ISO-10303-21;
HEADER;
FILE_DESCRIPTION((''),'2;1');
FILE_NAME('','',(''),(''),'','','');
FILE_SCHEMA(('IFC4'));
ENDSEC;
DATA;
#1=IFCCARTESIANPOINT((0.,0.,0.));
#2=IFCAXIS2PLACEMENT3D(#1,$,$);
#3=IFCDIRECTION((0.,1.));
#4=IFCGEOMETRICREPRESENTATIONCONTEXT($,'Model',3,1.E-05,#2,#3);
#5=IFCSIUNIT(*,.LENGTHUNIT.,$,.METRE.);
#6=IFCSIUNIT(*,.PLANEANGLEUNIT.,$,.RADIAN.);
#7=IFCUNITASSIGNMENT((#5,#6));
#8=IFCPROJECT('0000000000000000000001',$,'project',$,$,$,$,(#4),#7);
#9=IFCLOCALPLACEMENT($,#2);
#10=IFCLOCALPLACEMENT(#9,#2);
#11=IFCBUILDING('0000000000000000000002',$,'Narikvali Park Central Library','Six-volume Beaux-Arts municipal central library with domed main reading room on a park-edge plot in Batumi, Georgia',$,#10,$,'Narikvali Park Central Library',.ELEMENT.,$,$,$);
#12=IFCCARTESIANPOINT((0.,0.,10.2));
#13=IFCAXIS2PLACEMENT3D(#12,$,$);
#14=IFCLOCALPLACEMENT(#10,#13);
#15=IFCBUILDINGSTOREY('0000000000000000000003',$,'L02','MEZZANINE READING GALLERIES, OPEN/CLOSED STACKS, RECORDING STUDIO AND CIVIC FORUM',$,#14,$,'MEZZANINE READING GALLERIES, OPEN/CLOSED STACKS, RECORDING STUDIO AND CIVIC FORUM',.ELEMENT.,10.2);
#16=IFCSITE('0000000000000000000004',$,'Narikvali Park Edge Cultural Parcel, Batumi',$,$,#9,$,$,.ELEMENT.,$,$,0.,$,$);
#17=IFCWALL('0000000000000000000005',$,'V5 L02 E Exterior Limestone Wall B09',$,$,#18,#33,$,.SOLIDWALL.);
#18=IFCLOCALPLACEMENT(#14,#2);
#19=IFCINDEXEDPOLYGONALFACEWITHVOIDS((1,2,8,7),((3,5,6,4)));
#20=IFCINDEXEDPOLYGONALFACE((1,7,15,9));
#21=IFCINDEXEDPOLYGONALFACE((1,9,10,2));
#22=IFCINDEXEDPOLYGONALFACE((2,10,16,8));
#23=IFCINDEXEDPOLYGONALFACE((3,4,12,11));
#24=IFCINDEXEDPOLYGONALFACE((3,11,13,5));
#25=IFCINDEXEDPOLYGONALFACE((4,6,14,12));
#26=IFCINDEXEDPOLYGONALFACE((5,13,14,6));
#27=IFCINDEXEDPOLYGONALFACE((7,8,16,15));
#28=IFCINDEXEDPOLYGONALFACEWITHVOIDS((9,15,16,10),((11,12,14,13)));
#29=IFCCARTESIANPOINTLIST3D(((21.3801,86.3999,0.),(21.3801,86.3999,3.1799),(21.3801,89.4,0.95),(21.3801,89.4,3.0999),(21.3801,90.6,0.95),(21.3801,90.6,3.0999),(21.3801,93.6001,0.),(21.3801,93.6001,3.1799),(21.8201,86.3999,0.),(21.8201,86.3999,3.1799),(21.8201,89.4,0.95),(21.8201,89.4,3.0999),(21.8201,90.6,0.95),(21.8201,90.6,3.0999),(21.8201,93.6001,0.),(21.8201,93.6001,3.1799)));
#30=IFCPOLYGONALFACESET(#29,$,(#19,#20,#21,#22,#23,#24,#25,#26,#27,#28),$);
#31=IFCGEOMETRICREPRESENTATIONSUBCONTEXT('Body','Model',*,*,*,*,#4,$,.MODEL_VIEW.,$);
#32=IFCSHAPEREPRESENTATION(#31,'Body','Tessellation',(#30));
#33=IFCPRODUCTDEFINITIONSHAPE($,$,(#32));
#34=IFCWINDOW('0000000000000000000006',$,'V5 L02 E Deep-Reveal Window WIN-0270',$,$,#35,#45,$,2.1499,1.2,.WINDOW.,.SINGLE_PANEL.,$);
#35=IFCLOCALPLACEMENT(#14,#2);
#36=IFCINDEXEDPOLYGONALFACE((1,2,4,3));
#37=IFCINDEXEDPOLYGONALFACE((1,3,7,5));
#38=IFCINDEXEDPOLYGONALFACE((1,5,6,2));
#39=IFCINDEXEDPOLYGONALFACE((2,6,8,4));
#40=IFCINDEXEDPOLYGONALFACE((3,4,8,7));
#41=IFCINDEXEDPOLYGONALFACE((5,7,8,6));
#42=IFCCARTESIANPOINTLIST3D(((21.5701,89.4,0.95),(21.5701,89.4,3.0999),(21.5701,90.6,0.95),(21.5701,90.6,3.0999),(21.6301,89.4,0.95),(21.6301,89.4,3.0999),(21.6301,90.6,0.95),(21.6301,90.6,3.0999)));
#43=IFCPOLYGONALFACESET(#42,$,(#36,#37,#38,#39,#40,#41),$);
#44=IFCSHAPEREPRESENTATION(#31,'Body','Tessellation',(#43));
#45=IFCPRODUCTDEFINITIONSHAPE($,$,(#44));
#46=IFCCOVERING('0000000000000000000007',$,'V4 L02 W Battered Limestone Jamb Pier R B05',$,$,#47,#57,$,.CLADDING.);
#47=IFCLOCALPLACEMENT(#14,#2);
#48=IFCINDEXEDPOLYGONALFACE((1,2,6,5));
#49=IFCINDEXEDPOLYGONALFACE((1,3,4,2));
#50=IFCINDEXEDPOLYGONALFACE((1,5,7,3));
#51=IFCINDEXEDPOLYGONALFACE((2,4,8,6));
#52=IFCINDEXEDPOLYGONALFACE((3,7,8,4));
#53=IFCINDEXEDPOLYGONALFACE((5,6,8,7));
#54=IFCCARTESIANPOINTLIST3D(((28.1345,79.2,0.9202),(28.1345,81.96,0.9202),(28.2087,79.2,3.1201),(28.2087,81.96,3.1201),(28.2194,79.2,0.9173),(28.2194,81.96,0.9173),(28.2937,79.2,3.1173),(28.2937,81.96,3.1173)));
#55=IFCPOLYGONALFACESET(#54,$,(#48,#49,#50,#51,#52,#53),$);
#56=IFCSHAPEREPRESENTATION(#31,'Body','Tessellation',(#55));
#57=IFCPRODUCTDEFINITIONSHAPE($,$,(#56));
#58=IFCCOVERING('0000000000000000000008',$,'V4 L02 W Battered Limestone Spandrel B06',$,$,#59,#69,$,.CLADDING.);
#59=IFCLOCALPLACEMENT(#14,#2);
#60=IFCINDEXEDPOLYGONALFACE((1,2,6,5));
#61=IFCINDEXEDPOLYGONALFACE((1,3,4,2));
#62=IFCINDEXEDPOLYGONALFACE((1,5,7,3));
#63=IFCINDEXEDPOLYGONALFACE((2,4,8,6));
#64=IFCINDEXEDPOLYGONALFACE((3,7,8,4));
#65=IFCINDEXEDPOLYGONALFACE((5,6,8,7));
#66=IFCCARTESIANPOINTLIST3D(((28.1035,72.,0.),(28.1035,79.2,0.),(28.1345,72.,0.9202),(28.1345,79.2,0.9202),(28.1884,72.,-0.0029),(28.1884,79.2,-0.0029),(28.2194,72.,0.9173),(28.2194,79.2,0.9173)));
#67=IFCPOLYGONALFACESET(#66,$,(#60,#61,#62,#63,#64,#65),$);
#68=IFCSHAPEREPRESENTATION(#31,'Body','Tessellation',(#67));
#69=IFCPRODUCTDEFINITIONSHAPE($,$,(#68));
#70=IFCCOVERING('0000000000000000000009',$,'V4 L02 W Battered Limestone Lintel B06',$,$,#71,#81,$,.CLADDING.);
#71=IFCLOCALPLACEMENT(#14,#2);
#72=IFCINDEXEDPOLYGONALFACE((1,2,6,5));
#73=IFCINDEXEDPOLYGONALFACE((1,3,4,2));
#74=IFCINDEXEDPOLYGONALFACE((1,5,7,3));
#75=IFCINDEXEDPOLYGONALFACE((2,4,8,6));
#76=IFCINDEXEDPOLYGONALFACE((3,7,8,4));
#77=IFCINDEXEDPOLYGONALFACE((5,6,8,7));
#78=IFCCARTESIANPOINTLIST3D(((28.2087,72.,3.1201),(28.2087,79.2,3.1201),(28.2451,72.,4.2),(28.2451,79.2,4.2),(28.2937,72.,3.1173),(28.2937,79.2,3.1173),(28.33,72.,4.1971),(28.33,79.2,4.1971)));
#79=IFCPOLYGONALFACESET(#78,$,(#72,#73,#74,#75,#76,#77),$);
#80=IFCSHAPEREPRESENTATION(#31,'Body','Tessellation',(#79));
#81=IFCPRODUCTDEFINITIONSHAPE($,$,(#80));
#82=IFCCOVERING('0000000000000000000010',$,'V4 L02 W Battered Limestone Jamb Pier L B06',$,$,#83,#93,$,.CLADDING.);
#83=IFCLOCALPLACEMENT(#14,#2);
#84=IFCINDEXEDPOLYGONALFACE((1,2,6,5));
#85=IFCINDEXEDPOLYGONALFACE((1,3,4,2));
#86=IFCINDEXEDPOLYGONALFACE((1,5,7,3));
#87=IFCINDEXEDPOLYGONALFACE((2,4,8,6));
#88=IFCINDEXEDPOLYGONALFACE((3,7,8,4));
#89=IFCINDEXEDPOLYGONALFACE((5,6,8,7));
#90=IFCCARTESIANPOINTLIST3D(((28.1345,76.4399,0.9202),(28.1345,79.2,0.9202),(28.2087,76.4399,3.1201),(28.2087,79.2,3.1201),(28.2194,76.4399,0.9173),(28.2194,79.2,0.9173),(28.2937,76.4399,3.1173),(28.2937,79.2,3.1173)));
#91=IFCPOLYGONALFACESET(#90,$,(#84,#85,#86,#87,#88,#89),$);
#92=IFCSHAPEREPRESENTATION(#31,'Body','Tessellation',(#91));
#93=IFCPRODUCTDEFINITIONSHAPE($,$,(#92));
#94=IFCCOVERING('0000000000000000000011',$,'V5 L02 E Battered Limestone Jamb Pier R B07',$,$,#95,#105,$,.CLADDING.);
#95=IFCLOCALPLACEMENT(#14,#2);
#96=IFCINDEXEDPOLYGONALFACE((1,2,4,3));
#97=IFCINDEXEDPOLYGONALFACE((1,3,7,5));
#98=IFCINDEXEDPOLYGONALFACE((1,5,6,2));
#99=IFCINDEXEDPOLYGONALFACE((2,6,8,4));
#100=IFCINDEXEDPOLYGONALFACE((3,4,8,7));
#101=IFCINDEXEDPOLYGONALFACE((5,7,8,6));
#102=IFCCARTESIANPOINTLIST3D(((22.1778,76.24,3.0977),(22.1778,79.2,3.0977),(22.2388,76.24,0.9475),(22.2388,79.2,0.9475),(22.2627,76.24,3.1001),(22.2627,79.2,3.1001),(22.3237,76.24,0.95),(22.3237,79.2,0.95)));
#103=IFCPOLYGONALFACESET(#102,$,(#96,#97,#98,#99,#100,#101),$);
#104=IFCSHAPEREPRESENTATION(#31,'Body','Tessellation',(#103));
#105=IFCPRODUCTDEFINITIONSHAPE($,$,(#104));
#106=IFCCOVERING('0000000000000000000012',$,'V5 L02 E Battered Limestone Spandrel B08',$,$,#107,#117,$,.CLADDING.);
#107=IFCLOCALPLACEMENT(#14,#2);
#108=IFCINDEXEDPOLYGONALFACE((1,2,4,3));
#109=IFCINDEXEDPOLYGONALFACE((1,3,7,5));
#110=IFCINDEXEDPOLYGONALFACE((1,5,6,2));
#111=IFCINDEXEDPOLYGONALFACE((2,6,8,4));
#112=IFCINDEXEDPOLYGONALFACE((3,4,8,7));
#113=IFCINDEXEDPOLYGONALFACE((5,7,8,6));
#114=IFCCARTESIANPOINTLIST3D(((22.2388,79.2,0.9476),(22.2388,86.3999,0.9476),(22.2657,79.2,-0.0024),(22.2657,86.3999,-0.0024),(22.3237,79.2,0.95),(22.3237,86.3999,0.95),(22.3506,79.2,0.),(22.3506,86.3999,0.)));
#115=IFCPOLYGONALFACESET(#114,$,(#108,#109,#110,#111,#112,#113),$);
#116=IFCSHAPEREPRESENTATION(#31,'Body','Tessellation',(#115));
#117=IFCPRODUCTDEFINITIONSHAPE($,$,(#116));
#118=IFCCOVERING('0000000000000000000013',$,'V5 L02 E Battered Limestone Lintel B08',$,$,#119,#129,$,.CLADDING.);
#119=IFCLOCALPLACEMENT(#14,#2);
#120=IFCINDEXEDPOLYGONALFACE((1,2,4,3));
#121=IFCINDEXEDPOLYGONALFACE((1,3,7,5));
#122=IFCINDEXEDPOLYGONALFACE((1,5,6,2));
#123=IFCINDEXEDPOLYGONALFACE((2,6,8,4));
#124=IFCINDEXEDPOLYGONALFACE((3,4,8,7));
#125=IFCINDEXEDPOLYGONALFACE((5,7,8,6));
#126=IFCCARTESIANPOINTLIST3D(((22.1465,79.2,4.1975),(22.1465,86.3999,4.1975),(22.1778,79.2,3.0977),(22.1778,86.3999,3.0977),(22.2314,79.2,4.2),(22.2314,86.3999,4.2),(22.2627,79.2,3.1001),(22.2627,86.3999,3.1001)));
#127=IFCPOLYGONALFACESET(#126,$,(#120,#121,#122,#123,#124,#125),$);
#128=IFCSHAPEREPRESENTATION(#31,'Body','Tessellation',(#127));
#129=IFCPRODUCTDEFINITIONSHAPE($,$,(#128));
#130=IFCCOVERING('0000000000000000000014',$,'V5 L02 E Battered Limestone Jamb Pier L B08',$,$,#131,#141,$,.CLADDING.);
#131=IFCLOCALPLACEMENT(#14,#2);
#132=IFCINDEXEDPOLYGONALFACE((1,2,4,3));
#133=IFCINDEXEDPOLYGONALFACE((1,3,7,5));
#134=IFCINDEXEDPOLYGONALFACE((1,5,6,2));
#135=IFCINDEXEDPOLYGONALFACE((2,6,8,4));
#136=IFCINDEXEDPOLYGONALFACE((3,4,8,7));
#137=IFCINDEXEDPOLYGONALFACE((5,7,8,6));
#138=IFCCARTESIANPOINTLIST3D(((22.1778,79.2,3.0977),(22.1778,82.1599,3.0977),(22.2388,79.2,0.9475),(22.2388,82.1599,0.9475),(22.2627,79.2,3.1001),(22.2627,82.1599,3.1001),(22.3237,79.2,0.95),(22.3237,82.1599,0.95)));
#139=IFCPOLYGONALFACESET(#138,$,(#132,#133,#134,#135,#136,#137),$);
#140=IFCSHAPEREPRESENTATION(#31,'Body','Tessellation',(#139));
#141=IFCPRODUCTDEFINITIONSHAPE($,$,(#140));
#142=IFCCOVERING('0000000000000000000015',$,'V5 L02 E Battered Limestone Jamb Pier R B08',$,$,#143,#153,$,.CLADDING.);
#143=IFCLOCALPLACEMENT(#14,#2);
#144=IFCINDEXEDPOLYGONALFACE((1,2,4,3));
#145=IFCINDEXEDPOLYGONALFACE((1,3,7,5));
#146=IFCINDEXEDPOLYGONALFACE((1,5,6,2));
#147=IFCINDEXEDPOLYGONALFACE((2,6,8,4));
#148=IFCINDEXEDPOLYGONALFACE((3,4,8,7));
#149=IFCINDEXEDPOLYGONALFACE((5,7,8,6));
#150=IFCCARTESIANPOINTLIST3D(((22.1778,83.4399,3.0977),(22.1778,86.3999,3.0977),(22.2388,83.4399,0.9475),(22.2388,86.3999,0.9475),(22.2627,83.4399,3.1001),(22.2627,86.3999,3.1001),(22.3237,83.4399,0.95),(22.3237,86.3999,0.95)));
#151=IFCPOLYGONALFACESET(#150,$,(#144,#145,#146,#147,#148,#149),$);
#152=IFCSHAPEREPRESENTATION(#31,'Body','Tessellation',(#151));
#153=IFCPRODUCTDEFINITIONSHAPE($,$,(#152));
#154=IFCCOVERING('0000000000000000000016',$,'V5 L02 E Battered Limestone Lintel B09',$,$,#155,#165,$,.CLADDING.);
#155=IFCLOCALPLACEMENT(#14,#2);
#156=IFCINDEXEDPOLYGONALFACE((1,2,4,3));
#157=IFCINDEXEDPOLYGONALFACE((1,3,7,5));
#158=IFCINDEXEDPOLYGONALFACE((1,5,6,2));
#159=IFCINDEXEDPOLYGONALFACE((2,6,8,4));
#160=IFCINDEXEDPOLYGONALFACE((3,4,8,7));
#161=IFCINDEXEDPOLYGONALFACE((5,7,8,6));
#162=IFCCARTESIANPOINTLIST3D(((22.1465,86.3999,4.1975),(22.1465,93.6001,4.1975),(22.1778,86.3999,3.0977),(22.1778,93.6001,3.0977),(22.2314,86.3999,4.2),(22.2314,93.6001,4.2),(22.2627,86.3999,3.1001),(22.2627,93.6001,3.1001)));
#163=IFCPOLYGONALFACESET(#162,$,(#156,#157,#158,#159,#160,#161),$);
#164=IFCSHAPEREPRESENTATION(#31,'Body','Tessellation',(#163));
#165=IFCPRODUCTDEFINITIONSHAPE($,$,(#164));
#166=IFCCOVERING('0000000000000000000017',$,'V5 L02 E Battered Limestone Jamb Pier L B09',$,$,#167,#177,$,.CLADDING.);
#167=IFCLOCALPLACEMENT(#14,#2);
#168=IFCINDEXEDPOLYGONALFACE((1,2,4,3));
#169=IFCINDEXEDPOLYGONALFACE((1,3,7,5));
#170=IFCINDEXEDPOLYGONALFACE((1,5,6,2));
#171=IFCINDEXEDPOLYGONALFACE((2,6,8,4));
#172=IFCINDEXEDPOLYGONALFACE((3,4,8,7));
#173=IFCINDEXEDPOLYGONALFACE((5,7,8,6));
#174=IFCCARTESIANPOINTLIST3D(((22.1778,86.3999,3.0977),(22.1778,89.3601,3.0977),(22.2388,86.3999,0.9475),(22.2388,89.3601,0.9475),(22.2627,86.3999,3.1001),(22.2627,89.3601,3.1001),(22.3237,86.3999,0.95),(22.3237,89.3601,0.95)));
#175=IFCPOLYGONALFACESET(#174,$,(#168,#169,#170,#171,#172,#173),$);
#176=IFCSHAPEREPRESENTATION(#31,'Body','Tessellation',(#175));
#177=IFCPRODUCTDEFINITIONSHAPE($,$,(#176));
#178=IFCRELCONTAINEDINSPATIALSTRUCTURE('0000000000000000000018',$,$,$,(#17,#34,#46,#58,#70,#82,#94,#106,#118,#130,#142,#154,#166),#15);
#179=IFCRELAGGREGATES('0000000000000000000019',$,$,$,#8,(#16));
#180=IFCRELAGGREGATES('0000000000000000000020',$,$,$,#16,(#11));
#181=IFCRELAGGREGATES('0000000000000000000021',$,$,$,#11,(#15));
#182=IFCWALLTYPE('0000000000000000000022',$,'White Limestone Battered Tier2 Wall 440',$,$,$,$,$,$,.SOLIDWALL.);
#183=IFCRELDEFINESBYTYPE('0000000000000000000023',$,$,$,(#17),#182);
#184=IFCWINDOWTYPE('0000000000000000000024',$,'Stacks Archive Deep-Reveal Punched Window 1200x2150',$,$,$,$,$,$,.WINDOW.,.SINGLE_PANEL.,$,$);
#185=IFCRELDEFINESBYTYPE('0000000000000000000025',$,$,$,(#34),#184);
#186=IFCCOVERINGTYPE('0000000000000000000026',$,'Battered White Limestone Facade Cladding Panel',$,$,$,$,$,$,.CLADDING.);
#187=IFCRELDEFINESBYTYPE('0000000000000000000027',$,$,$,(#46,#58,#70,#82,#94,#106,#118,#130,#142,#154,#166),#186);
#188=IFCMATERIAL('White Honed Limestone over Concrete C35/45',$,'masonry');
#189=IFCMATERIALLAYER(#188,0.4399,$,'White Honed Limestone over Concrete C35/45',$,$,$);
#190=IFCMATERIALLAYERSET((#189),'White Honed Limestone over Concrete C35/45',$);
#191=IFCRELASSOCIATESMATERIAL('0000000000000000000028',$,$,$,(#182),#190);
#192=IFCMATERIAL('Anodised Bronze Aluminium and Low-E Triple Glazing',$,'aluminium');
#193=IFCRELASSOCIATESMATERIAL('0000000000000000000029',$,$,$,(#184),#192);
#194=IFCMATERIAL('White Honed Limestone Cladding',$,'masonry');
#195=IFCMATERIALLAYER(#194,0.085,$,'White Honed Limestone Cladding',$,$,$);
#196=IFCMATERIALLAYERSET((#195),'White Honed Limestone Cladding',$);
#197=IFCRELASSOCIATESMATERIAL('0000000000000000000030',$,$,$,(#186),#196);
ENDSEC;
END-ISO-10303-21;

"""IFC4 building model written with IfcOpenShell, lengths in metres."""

from ifc_helpers import new_model, si_unit, direction, frame, frame_2d, origin, place, context, subcontext, project, spatial, polyline, rectangle, outline, extrude, material, layer, layer_set, type_object, element, fill, save


model = new_model("IFC4")

# Units and contexts
model_context = context("Model", 3, precision=1e-05, world=origin(), true_north=direction((0.0, 1.0)))
body_context = subcontext(model_context, "Body", "Model", "MODEL_VIEW")
ifc_project = project(units=[si_unit("LENGTHUNIT", "METRE"), si_unit("PLANEANGLEUNIT", "RADIAN")], contexts=[model_context])

# Site, building, storey
site_placement = place(None, origin())
site = spatial("IfcSite", under=ifc_project, at=site_placement, Name="Narikvali Park Edge Cultural Parcel, Batumi", CompositionType="ELEMENT", RefElevation=0.0)
building_placement = place(site_placement, origin())
building = spatial("IfcBuilding", under=site, at=building_placement, Name="Narikvali Park Central Library", Description="Six-volume Beaux-Arts municipal central library with domed main reading room on a park-edge plot in Batumi, Georgia", LongName="Narikvali Park Central Library", CompositionType="ELEMENT")
storey_placement = place(building_placement, frame((0.0, 0.0, 10.2)))
storey = spatial("IfcBuildingStorey", under=building, at=storey_placement, Name="L02", Description="MEZZANINE READING GALLERIES, OPEN/CLOSED STACKS, RECORDING STUDIO AND CIVIC FORUM", LongName="MEZZANINE READING GALLERIES, OPEN/CLOSED STACKS, RECORDING STUDIO AND CIVIC FORUM", CompositionType="ELEMENT", Elevation=10.2)

# Wall, opening, window
ifc_material_1 = material(Name="White Honed Limestone over Concrete C35/45", Category="masonry")
ifc_layer_1 = layer(ifc_material_1, 0.4399, Name="White Honed Limestone over Concrete C35/45")
ifc_layer_set_1 = layer_set([ifc_layer_1], Name="White Honed Limestone over Concrete C35/45")
wall_type = type_object("IfcWallType", Name="White Limestone Battered Tier2 Wall 440", PredefinedType="SOLIDWALL", material=ifc_layer_set_1)
ifc_material_2 = material(Name="Anodised Bronze Aluminium and Low-E Triple Glazing", Category="aluminium")
window_type_1 = type_object("IfcWindowType", Name="Stacks Archive Deep-Reveal Punched Window 1200x2150", PartitioningType="SINGLE_PANEL", PredefinedType="WINDOW", material=ifc_material_2)
wall_1_placement = place(storey_placement, frame((21.6001, 86.3999, 0.0), z_axis=(0.0, 0.0, 1.0), x_axis=(0.0, 1.0, 0.0)))
wall_1 = element("IfcWall", 1, at=wall_1_placement, inside=storey, type_object=wall_type, Name="V5 L02 E Exterior Limestone Wall B09", PredefinedType="SOLIDWALL", context=body_context, shape_type="SweptSolid", body=[
    extrude(rectangle(XDim=7.2002, YDim=0.4399, at=frame_2d((3.6001, 0.0))), origin(), (0.0, 0.0, 1.0), 3.1799),
])
opening_1_placement = place(wall_1_placement, frame((3.0, 0.0, 0.95)))
opening_1 = element("IfcOpeningElement", 2, at=opening_1_placement, cuts=wall_1, PredefinedType="OPENING", context=body_context, shape_type="SweptSolid", body=[
    extrude(rectangle(XDim=1.2, YDim=2.1499, at=frame_2d((0.6001, 1.075))), frame((0.0, 0.2319, 0.0), z_axis=(0.0, -1.0, 0.0), x_axis=(1.0, 0.0, 0.0)), (0.0, 0.0, 1.0), 0.4639),
])
window_1_placement = place(opening_1_placement, origin())
window_1 = element("IfcWindow", 3, at=window_1_placement, inside=storey, type_object=window_type_1, Name="V5 L02 E Deep-Reveal Window WIN-0270", OverallHeight=2.1499, OverallWidth=1.2, PartitioningType="SINGLE_PANEL", PredefinedType="WINDOW", context=body_context, shape_type="SweptSolid", body=[
    extrude(rectangle(XDim=1.2, YDim=2.1499, at=frame_2d((0.6001, 1.075))), frame((0.0, 0.03, 0.0), z_axis=(0.0, -1.0, 0.0), x_axis=(1.0, 0.0, 0.0)), (0.0, 0.0, 1.0), 0.0601),
])
fill(opening_1, window_1)

# Coverings
ifc_material_3 = material(Name="White Honed Limestone Cladding", Category="masonry")
ifc_layer_2 = layer(ifc_material_3, 0.085, Name="White Honed Limestone Cladding")
ifc_layer_set_2 = layer_set([ifc_layer_2], Name="White Honed Limestone Cladding")
covering_type = type_object("IfcCoveringType", Name="Battered White Limestone Facade Cladding Panel", PredefinedType="CLADDING", material=ifc_layer_set_2)
covering_1_placement = place(storey_placement, frame((28.1345, 81.96, 0.9202), z_axis=(-0.999431, 0.0, 0.033717), x_axis=(0.0, -1.0, 0.0)))
element("IfcCovering", 4, at=covering_1_placement, inside=storey, type_object=covering_type, Name="V4 L02 W Battered Limestone Jamb Pier R B05", PredefinedType="CLADDING", context=body_context, shape_type="SweptSolid", body=[
    extrude(outline(polyline([(0.0, 0.0), (2.76, 0.0), (2.76, 2.2012), (0.0, 2.2012), (0.0, 0.0)])), origin(), (0.0, 0.0, -1.0), 0.085),
])
covering_2_placement = place(storey_placement, frame((28.1035, 79.2, 0.0), z_axis=(-0.999433, 0.0, 0.033677), x_axis=(0.0, -1.0, 0.0)))
element("IfcCovering", 5, at=covering_2_placement, inside=storey, type_object=covering_type, Name="V4 L02 W Battered Limestone Spandrel B06", PredefinedType="CLADDING", context=body_context, shape_type="SweptSolid", body=[
    extrude(outline(polyline([(0.0, 0.0), (7.2, 0.0), (7.2, 0.9207), (0.0, 0.9207), (0.0, 0.0)])), origin(), (0.0, 0.0, -1.0), 0.085),
])
covering_3_placement = place(storey_placement, frame((28.2087, 79.2, 3.1201), z_axis=(-0.999433, 0.0, 0.033668), x_axis=(0.0, -1.0, 0.0)))
element("IfcCovering", 6, at=covering_3_placement, inside=storey, type_object=covering_type, Name="V4 L02 W Battered Limestone Lintel B06", PredefinedType="CLADDING", context=body_context, shape_type="SweptSolid", body=[
    extrude(outline(polyline([(0.0, 0.0), (7.2, 0.0), (7.2, 1.0804), (0.0, 1.0804), (0.0, 0.0)])), origin(), (0.0, 0.0, -1.0), 0.085),
])
covering_4_placement = place(storey_placement, frame((28.1345, 79.2, 0.9202), z_axis=(-0.999431, 0.0, 0.033717), x_axis=(0.0, -1.0, 0.0)))
element("IfcCovering", 7, at=covering_4_placement, inside=storey, type_object=covering_type, Name="V4 L02 W Battered Limestone Jamb Pier L B06", PredefinedType="CLADDING", context=body_context, shape_type="SweptSolid", body=[
    extrude(outline(polyline([(0.0, 0.0), (2.76, 0.0), (2.76, 2.2012), (0.0, 2.2012), (0.0, 0.0)])), origin(), (0.0, 0.0, -1.0), 0.085),
])
covering_5_placement = place(storey_placement, frame((22.3237, 76.24, 0.95), z_axis=(0.999597, 0.0, 0.028375), x_axis=(0.0, 1.0, 0.0)))
element("IfcCovering", 8, at=covering_5_placement, inside=storey, type_object=covering_type, Name="V5 L02 E Battered Limestone Jamb Pier R B07", PredefinedType="CLADDING", context=body_context, shape_type="SweptSolid", body=[
    extrude(outline(polyline([(0.0, 0.0), (2.96, 0.0), (2.96, 2.151), (0.0, 2.151), (0.0, 0.0)])), origin(), (0.0, 0.0, -1.0), 0.085),
])
covering_6_placement = place(storey_placement, frame((22.3506, 79.2, 0.0), z_axis=(0.999601, 0.0, 0.028259), x_axis=(0.0, 1.0, 0.0)))
element("IfcCovering", 9, at=covering_6_placement, inside=storey, type_object=covering_type, Name="V5 L02 E Battered Limestone Spandrel B08", PredefinedType="CLADDING", context=body_context, shape_type="SweptSolid", body=[
    extrude(outline(polyline([(0.0, 0.0), (7.2, 0.0), (7.2, 0.9503), (0.0, 0.9503), (0.0, 0.0)])), origin(), (0.0, 0.0, -1.0), 0.085),
])
covering_7_placement = place(storey_placement, frame((22.2627, 79.2, 3.1001), z_axis=(0.999597, 0.0, 0.028401), x_axis=(0.0, 1.0, 0.0)))
element("IfcCovering", 10, at=covering_7_placement, inside=storey, type_object=covering_type, Name="V5 L02 E Battered Limestone Lintel B08", PredefinedType="CLADDING", context=body_context, shape_type="SweptSolid", body=[
    extrude(outline(polyline([(0.0, 0.0), (7.2, 0.0), (7.2, 1.1003), (0.0, 1.1003), (0.0, 0.0)])), origin(), (0.0, 0.0, -1.0), 0.085),
])
for number, where, z_axis, x_axis, name in (
    (11, (22.3237, 79.2, 0.95), (0.999597, 0.0, 0.028375), (0.0, 1.0, 0.0), "V5 L02 E Battered Limestone Jamb Pier L B08"),
    (12, (22.3237, 83.4399, 0.95), (0.999597, 0.0, 0.028375), (0.0, 1.0, 0.0), "V5 L02 E Battered Limestone Jamb Pier R B08"),
):
    element("IfcCovering", number, at=place(storey_placement, frame(where, z_axis=z_axis, x_axis=x_axis)), inside=storey, type_object=covering_type, Name=name, PredefinedType="CLADDING", context=body_context, shape_type="SweptSolid", body=[
        extrude(outline(polyline([(0.0, 0.0), (2.96, 0.0), (2.96, 2.151), (0.0, 2.151), (0.0, 0.0)])), origin(), (0.0, 0.0, -1.0), 0.085),
    ])
covering_8_placement = place(storey_placement, frame((22.2627, 86.3999, 3.1001), z_axis=(0.999597, 0.0, 0.028401), x_axis=(0.0, 1.0, 0.0)))
element("IfcCovering", 13, at=covering_8_placement, inside=storey, type_object=covering_type, Name="V5 L02 E Battered Limestone Lintel B09", PredefinedType="CLADDING", context=body_context, shape_type="SweptSolid", body=[
    extrude(outline(polyline([(0.0, 0.0), (7.2002, 0.0), (7.2002, 1.1003), (0.0, 1.1003), (0.0, 0.0)])), origin(), (0.0, 0.0, -1.0), 0.085),
])
covering_9_placement = place(storey_placement, frame((22.3237, 86.3999, 0.95), z_axis=(0.999597, 0.0, 0.028375), x_axis=(0.0, 1.0, 0.0)))
element("IfcCovering", 14, at=covering_9_placement, inside=storey, type_object=covering_type, Name="V5 L02 E Battered Limestone Jamb Pier L B09", PredefinedType="CLADDING", context=body_context, shape_type="SweptSolid", body=[
    extrude(outline(polyline([(0.0, 0.0), (2.9602, 0.0), (2.9602, 2.151), (0.0, 2.151), (0.0, 0.0)])), origin(), (0.0, 0.0, -1.0), 0.085),
])

save(model, "model.ifc")
